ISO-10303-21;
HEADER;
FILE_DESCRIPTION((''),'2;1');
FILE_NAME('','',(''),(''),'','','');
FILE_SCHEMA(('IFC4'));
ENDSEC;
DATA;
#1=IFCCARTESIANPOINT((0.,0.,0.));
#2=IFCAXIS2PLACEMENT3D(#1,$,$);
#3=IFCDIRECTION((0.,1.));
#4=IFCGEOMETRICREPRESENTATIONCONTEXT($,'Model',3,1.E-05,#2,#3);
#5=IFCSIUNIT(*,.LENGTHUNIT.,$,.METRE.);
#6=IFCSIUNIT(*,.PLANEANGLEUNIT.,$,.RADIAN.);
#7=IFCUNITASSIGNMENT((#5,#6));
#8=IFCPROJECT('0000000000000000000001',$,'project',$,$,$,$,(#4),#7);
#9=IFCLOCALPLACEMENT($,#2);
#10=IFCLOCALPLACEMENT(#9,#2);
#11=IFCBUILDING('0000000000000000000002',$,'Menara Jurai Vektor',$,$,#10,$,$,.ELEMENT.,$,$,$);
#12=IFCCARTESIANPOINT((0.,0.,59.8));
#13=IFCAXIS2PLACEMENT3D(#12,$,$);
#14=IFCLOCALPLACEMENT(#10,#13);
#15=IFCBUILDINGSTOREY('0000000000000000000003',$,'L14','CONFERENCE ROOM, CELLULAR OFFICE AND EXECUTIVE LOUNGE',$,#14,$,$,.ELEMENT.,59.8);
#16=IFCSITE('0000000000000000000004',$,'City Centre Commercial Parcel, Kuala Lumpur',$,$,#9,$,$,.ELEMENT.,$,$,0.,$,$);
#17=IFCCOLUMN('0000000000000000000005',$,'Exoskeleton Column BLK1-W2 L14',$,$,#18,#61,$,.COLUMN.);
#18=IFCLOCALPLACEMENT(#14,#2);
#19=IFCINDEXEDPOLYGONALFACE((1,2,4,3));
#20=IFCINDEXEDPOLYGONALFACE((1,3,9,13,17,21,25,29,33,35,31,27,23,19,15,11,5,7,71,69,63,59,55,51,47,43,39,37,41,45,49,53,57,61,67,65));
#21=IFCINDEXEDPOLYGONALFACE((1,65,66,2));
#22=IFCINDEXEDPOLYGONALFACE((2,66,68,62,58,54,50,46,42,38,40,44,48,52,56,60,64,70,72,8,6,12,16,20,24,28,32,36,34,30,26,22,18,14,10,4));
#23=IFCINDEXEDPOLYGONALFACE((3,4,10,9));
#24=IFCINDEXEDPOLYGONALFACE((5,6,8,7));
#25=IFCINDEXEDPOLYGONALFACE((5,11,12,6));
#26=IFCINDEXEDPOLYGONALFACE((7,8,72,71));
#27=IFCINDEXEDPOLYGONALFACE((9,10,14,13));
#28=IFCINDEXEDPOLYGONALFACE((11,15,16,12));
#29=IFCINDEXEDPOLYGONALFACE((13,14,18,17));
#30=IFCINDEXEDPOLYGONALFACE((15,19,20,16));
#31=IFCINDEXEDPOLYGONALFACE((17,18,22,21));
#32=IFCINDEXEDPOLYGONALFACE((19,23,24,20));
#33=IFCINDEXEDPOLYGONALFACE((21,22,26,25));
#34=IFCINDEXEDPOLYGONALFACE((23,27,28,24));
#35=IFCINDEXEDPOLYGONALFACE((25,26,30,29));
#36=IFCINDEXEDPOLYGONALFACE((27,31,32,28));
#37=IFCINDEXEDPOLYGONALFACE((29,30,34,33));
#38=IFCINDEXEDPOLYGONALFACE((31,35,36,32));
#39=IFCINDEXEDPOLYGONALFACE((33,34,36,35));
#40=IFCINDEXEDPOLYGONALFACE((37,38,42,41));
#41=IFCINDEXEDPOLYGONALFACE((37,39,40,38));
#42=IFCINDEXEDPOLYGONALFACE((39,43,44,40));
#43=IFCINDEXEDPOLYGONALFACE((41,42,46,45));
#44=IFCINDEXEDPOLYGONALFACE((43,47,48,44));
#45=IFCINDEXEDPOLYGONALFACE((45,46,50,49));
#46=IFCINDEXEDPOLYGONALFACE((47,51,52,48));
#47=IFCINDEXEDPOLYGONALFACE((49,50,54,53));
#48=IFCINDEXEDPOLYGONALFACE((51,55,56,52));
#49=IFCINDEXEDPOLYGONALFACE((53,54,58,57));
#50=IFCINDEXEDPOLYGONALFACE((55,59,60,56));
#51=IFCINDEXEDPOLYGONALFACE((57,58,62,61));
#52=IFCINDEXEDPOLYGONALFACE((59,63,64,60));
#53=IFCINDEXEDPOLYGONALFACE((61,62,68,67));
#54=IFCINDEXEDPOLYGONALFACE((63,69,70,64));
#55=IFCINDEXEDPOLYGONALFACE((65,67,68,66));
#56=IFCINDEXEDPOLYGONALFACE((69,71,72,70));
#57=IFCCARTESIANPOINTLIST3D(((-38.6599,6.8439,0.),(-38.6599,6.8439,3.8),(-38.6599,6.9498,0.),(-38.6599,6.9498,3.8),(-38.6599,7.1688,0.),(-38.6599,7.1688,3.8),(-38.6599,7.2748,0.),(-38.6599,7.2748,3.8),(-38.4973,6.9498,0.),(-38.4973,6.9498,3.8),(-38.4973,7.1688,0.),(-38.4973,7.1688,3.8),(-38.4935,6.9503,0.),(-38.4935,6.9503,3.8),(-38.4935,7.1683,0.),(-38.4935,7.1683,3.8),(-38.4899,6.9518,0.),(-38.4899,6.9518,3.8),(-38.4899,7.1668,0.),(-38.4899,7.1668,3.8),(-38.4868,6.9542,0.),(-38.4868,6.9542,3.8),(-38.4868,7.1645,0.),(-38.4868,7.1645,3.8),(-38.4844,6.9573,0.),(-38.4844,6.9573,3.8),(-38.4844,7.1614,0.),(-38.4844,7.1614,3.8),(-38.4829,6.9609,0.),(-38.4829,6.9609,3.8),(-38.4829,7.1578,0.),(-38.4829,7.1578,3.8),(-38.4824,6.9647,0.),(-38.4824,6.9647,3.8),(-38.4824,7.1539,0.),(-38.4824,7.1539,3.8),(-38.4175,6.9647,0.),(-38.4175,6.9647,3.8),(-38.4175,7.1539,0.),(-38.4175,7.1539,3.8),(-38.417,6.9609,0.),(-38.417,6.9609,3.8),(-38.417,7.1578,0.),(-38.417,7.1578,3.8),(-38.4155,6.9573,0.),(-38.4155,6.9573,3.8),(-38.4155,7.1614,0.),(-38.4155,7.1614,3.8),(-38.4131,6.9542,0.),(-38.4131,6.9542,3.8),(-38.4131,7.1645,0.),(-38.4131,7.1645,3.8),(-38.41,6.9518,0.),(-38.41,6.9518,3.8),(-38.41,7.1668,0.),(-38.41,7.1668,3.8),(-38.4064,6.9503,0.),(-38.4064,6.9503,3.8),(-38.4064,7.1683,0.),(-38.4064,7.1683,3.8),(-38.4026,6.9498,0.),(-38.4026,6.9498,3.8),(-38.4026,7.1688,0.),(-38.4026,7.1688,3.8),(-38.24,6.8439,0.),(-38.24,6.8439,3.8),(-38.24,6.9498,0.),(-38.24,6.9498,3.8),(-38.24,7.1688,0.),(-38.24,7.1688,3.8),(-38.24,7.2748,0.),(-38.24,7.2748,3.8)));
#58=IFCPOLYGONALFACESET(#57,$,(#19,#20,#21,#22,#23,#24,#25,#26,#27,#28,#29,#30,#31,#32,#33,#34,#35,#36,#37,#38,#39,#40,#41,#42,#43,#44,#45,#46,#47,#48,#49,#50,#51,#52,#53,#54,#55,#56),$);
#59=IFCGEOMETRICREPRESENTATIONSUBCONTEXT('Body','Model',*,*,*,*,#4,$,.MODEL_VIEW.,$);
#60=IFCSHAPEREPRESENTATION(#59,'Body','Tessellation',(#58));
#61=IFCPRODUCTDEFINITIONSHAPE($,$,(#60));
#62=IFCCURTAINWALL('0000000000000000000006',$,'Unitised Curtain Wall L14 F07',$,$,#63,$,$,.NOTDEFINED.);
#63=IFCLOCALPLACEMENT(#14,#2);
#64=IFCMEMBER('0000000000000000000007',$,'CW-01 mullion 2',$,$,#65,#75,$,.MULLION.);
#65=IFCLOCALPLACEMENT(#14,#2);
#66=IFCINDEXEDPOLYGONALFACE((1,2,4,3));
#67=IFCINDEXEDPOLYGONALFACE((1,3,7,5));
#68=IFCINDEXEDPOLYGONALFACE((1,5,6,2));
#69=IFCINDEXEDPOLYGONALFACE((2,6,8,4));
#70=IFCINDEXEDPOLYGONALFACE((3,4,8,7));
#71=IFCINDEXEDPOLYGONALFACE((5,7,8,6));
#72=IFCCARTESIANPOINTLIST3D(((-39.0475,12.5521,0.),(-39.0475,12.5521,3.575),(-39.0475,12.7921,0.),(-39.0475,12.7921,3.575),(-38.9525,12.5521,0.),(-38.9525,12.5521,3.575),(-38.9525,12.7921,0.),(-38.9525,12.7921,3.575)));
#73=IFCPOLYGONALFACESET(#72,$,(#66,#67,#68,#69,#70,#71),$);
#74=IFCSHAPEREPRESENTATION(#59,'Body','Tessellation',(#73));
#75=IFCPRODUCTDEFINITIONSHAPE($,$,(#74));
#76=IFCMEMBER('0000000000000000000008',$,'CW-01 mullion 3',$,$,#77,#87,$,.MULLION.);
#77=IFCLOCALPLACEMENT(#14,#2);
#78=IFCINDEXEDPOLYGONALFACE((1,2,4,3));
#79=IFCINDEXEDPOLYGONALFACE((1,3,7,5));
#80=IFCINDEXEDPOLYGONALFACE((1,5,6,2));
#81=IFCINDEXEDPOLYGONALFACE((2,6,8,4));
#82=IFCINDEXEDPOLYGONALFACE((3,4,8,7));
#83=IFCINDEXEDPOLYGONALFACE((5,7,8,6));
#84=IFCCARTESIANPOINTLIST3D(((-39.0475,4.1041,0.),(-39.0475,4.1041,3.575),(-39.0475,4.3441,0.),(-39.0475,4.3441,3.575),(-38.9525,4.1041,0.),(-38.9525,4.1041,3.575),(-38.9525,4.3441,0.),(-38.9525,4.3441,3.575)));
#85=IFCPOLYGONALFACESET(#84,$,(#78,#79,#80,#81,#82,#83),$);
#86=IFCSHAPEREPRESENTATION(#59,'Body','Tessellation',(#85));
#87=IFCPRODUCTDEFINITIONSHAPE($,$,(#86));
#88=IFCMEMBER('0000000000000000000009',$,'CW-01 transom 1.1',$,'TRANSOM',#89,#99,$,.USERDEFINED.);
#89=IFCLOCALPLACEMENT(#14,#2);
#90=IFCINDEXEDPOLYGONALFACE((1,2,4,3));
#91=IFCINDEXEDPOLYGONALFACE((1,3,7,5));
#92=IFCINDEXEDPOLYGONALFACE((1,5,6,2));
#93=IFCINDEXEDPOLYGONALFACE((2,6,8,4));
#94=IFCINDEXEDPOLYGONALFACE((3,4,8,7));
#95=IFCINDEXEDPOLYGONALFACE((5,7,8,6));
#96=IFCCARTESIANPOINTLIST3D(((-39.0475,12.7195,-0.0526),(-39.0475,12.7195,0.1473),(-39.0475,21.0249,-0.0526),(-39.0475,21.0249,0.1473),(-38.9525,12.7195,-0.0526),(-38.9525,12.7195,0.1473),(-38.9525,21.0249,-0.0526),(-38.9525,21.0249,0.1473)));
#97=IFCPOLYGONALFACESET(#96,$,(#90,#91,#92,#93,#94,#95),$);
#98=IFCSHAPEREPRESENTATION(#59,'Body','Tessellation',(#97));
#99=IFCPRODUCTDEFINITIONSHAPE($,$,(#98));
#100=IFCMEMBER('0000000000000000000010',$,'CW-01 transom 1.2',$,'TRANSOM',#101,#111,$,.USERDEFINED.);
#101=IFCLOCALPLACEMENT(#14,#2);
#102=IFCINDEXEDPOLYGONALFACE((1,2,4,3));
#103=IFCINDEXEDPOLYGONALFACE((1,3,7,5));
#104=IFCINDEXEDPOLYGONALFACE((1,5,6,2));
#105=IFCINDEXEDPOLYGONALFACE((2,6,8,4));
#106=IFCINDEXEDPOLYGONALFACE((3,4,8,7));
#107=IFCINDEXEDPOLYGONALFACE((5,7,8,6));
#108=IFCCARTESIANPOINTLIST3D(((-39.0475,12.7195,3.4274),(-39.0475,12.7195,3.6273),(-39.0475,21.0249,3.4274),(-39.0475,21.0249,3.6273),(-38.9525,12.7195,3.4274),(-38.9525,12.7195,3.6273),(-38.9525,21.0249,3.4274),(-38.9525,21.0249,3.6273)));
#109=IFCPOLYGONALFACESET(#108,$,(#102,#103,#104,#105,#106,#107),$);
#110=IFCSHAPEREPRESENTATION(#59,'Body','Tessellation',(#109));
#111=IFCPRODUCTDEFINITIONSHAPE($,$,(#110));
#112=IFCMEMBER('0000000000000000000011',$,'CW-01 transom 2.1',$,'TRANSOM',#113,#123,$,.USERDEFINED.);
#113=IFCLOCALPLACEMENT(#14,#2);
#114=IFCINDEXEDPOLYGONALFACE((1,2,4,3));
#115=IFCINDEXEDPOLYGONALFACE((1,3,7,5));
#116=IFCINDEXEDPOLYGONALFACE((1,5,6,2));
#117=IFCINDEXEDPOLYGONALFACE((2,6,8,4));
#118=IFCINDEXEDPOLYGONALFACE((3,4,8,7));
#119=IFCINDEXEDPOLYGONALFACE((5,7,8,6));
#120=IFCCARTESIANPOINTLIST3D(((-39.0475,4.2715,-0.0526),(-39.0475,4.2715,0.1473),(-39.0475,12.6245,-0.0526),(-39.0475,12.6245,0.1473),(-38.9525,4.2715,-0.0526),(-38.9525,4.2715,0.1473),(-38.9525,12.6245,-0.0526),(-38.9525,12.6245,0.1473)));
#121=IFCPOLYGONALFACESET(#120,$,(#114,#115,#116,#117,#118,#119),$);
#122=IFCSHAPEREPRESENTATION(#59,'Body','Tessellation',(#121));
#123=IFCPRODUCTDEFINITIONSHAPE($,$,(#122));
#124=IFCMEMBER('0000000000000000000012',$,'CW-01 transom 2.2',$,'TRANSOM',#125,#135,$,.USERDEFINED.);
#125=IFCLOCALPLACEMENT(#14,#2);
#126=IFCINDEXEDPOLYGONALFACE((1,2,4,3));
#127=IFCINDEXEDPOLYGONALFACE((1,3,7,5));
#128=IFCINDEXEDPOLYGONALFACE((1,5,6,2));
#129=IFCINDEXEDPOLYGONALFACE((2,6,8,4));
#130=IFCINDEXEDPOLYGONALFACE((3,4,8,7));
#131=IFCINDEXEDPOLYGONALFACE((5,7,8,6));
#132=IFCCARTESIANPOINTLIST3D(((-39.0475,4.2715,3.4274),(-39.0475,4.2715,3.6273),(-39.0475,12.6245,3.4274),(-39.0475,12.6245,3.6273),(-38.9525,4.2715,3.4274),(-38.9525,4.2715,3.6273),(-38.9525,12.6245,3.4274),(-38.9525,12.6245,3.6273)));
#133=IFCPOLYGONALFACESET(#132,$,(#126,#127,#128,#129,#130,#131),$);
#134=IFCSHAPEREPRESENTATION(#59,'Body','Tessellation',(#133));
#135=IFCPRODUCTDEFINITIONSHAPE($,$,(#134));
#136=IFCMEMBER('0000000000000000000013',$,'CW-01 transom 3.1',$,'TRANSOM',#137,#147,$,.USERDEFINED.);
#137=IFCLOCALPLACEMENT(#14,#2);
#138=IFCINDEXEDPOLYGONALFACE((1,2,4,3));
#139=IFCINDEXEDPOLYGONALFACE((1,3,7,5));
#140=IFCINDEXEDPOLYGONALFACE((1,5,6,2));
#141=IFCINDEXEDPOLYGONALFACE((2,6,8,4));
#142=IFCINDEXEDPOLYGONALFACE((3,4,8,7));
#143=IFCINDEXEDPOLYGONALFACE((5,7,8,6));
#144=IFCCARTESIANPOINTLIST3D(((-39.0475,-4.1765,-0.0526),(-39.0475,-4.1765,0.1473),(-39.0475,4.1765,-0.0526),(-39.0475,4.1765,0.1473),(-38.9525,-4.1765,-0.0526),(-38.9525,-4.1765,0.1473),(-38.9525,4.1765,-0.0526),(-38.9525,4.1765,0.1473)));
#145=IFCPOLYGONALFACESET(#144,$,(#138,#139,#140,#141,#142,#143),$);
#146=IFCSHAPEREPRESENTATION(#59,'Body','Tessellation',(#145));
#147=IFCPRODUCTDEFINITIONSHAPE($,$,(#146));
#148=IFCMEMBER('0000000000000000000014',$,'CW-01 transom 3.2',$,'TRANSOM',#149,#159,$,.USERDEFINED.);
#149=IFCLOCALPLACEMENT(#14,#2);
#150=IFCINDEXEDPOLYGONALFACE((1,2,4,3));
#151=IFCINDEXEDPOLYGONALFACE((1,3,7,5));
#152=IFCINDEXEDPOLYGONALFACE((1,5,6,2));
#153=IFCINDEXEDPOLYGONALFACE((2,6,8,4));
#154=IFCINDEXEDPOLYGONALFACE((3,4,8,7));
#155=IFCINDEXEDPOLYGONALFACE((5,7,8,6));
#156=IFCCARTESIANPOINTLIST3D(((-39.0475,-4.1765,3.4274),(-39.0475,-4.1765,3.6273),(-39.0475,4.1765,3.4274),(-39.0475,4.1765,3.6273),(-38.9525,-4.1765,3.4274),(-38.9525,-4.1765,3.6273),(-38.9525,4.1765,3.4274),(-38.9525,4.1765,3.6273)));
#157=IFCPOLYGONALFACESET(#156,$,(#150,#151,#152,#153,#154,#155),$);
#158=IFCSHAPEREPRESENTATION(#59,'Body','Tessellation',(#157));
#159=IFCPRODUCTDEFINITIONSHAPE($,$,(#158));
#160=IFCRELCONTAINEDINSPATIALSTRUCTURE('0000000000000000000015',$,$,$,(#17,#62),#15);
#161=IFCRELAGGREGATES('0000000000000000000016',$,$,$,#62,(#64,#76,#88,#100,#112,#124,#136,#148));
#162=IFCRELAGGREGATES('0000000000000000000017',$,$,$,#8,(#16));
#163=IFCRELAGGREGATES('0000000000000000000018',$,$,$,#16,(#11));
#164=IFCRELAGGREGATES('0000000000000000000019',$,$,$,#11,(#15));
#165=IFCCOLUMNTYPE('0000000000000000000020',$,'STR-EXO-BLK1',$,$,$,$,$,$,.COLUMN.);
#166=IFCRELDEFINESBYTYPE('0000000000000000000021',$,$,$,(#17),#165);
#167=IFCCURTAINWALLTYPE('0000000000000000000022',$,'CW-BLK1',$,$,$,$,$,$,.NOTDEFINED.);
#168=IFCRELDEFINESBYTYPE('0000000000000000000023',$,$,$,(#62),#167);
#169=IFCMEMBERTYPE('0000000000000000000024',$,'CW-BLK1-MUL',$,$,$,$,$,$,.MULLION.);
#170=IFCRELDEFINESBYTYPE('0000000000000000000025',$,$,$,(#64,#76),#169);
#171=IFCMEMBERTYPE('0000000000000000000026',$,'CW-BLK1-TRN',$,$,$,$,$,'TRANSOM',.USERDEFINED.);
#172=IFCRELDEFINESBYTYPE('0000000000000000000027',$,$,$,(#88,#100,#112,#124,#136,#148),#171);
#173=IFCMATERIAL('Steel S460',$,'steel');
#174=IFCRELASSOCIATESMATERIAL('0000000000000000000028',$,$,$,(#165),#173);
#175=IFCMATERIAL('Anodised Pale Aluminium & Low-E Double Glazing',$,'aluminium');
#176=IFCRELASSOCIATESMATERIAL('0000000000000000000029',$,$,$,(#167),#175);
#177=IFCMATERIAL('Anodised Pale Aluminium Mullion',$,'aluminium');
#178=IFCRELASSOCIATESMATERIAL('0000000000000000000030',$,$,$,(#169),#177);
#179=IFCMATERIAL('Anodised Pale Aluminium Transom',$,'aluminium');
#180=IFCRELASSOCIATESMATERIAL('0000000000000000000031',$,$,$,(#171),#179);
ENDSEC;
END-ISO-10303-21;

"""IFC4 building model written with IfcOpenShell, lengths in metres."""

from ifc_helpers import new_model, si_unit, direction, frame, origin, origin_2d, place, context, subcontext, project, spatial, rectangle, i_section, extrude, material, material_profile, profile_set, type_object, element, aggregate, save


model = new_model("IFC4")

# Units and contexts
model_context = context("Model", 3, precision=1e-05, world=origin(), true_north=direction((0.0, 1.0)))
body_context = subcontext(model_context, "Body", "Model", "MODEL_VIEW")
ifc_project = project(units=[si_unit("LENGTHUNIT", "METRE"), si_unit("PLANEANGLEUNIT", "RADIAN")], contexts=[model_context])

# Site, building, storey
site_placement = place(None, origin())
site = spatial("IfcSite", under=ifc_project, at=site_placement, Name="City Centre Commercial Parcel, Kuala Lumpur", CompositionType="ELEMENT", RefElevation=0.0)
building_placement = place(site_placement, origin())
building = spatial("IfcBuilding", under=site, at=building_placement, Name="Menara Jurai Vektor", CompositionType="ELEMENT")
storey_placement = place(building_placement, frame((0.0, 0.0, 59.8)))
storey = spatial("IfcBuildingStorey", under=building, at=storey_placement, Name="L14", Description="CONFERENCE ROOM, CELLULAR OFFICE AND EXECUTIVE LOUNGE", CompositionType="ELEMENT", Elevation=59.8)

# Column
ifc_material_1 = material(Name="Steel S460", Category="steel")
ifc_material_profile_1 = material_profile(ifc_material_1, i_section(OverallWidth=0.4199, OverallDepth=0.4309, WebThickness=0.0649, FlangeThickness=0.106, FilletRadius=0.0149, at=origin_2d()), Name="HD 400x900")
ifc_profile_set_1 = profile_set([ifc_material_profile_1], Name="Steel S460")
column_type = type_object("IfcColumnType", Name="STR-EXO-BLK1", PredefinedType="COLUMN", material=ifc_profile_set_1)
column_placement = place(storey_placement, frame((-38.45, 7.0593, 0.0), z_axis=(0.0, 0.0, 1.0), x_axis=(1.0, 0.0, 0.0)))
element("IfcColumn", 1, at=column_placement, inside=storey, type_object=column_type, Name="Exoskeleton Column BLK1-W2 L14", PredefinedType="COLUMN", context=body_context, shape_type="SweptSolid", body=[
    extrude(i_section(OverallWidth=0.4199, OverallDepth=0.4309, WebThickness=0.0649, FlangeThickness=0.106, FilletRadius=0.0149, at=origin_2d()), origin(), (0.0, 0.0, 1.0), 3.8),
])

# Curtain wall, members
ifc_material_2 = material(Name="Anodised Pale Aluminium & Low-E Double Glazing", Category="aluminium")
curtain_wall_type = type_object("IfcCurtainWallType", Name="CW-BLK1", PredefinedType="NOTDEFINED", material=ifc_material_2)
curtain_wall_placement = place(storey_placement, origin())
curtain_wall = element("IfcCurtainWall", 2, at=curtain_wall_placement, inside=storey, type_object=curtain_wall_type, Name="Unitised Curtain Wall L14 F07", PredefinedType="NOTDEFINED")
ifc_material_3 = material(Name="Anodised Pale Aluminium Mullion", Category="aluminium")
ifc_material_profile_2 = material_profile(ifc_material_3, rectangle(XDim=0.095, YDim=0.24, at=origin_2d()), Name="ALU MUL 95x240")
ifc_profile_set_2 = profile_set([ifc_material_profile_2], Name="Anodised Pale Aluminium Mullion")
member_type_1 = type_object("IfcMemberType", Name="CW-BLK1-MUL", PredefinedType="MULLION", material=ifc_profile_set_2)
member_1_placement = place(storey_placement, frame((-39.0, 12.6721, 0.0), z_axis=(0.0, 0.0, 1.0), x_axis=(1.0, 0.0, 0.0)))
member_1 = element("IfcMember", 3, at=member_1_placement, type_object=member_type_1, Name="CW-01 mullion 2", PredefinedType="MULLION", context=body_context, shape_type="SweptSolid", body=[
    extrude(rectangle(XDim=0.095, YDim=0.24, at=origin_2d()), origin(), (0.0, 0.0, 1.0), 3.575),
])
member_2_placement = place(storey_placement, frame((-39.0, 4.2241, 0.0), z_axis=(0.0, 0.0, 1.0), x_axis=(1.0, 0.0, 0.0)))
member_2 = element("IfcMember", 4, at=member_2_placement, type_object=member_type_1, Name="CW-01 mullion 3", PredefinedType="MULLION", context=body_context, shape_type="SweptSolid", body=[
    extrude(rectangle(XDim=0.095, YDim=0.24, at=origin_2d()), origin(), (0.0, 0.0, 1.0), 3.575),
])
ifc_material_4 = material(Name="Anodised Pale Aluminium Transom", Category="aluminium")
ifc_material_profile_3 = material_profile(ifc_material_4, rectangle(XDim=0.095, YDim=0.2, at=origin_2d()), Name="ALU TRN 95x200")
ifc_profile_set_3 = profile_set([ifc_material_profile_3], Name="Anodised Pale Aluminium Transom")
member_type_2 = type_object("IfcMemberType", Name="CW-BLK1-TRN", ElementType="TRANSOM", PredefinedType="USERDEFINED", material=ifc_profile_set_3)
member_3_placement = place(storey_placement, frame((-39.0, 21.0249, 0.0474), z_axis=(0.0, -1.0, 0.0), x_axis=(1.0, 0.0, 0.0)))
member_3 = element("IfcMember", 5, at=member_3_placement, type_object=member_type_2, Name="CW-01 transom 1.1", ObjectType="TRANSOM", PredefinedType="USERDEFINED", context=body_context, shape_type="SweptSolid", body=[
    extrude(rectangle(XDim=0.095, YDim=0.2, at=origin_2d()), origin(), (0.0, 0.0, 1.0), 8.3054),
])
member_4_placement = place(storey_placement, frame((-39.0, 21.0249, 3.5273), z_axis=(0.0, -1.0, 0.0), x_axis=(1.0, 0.0, 0.0)))
member_4 = element("IfcMember", 6, at=member_4_placement, type_object=member_type_2, Name="CW-01 transom 1.2", ObjectType="TRANSOM", PredefinedType="USERDEFINED", context=body_context, shape_type="SweptSolid", body=[
    extrude(rectangle(XDim=0.095, YDim=0.2, at=origin_2d()), origin(), (0.0, 0.0, 1.0), 8.3054),
])
member_5_placement = place(storey_placement, frame((-39.0, 12.6245, 0.0474), z_axis=(0.0, -1.0, 0.0), x_axis=(1.0, 0.0, 0.0)))
member_5 = element("IfcMember", 7, at=member_5_placement, type_object=member_type_2, Name="CW-01 transom 2.1", ObjectType="TRANSOM", PredefinedType="USERDEFINED", context=body_context, shape_type="SweptSolid", body=[
    extrude(rectangle(XDim=0.095, YDim=0.2, at=origin_2d()), origin(), (0.0, 0.0, 1.0), 8.353),
])
member_6_placement = place(storey_placement, frame((-39.0, 12.6245, 3.5273), z_axis=(0.0, -1.0, 0.0), x_axis=(1.0, 0.0, 0.0)))
member_6 = element("IfcMember", 8, at=member_6_placement, type_object=member_type_2, Name="CW-01 transom 2.2", ObjectType="TRANSOM", PredefinedType="USERDEFINED", context=body_context, shape_type="SweptSolid", body=[
    extrude(rectangle(XDim=0.095, YDim=0.2, at=origin_2d()), origin(), (0.0, 0.0, 1.0), 8.353),
])
member_7_placement = place(storey_placement, frame((-39.0, 4.1765, 0.0474), z_axis=(0.0, -1.0, 0.0), x_axis=(1.0, 0.0, 0.0)))
member_7 = element("IfcMember", 9, at=member_7_placement, type_object=member_type_2, Name="CW-01 transom 3.1", ObjectType="TRANSOM", PredefinedType="USERDEFINED", context=body_context, shape_type="SweptSolid", body=[
    extrude(rectangle(XDim=0.095, YDim=0.2, at=origin_2d()), origin(), (0.0, 0.0, 1.0), 8.353),
])
member_8_placement = place(storey_placement, frame((-39.0, 4.1765, 3.5273), z_axis=(0.0, -1.0, 0.0), x_axis=(1.0, 0.0, 0.0)))
member_8 = element("IfcMember", 10, at=member_8_placement, type_object=member_type_2, Name="CW-01 transom 3.2", ObjectType="TRANSOM", PredefinedType="USERDEFINED", context=body_context, shape_type="SweptSolid", body=[
    extrude(rectangle(XDim=0.095, YDim=0.2, at=origin_2d()), origin(), (0.0, 0.0, 1.0), 8.353),
])

aggregate(curtain_wall, [member_1, member_2, member_3, member_4, member_5, member_6, member_7, member_8])

save(model, "model.ifc")
